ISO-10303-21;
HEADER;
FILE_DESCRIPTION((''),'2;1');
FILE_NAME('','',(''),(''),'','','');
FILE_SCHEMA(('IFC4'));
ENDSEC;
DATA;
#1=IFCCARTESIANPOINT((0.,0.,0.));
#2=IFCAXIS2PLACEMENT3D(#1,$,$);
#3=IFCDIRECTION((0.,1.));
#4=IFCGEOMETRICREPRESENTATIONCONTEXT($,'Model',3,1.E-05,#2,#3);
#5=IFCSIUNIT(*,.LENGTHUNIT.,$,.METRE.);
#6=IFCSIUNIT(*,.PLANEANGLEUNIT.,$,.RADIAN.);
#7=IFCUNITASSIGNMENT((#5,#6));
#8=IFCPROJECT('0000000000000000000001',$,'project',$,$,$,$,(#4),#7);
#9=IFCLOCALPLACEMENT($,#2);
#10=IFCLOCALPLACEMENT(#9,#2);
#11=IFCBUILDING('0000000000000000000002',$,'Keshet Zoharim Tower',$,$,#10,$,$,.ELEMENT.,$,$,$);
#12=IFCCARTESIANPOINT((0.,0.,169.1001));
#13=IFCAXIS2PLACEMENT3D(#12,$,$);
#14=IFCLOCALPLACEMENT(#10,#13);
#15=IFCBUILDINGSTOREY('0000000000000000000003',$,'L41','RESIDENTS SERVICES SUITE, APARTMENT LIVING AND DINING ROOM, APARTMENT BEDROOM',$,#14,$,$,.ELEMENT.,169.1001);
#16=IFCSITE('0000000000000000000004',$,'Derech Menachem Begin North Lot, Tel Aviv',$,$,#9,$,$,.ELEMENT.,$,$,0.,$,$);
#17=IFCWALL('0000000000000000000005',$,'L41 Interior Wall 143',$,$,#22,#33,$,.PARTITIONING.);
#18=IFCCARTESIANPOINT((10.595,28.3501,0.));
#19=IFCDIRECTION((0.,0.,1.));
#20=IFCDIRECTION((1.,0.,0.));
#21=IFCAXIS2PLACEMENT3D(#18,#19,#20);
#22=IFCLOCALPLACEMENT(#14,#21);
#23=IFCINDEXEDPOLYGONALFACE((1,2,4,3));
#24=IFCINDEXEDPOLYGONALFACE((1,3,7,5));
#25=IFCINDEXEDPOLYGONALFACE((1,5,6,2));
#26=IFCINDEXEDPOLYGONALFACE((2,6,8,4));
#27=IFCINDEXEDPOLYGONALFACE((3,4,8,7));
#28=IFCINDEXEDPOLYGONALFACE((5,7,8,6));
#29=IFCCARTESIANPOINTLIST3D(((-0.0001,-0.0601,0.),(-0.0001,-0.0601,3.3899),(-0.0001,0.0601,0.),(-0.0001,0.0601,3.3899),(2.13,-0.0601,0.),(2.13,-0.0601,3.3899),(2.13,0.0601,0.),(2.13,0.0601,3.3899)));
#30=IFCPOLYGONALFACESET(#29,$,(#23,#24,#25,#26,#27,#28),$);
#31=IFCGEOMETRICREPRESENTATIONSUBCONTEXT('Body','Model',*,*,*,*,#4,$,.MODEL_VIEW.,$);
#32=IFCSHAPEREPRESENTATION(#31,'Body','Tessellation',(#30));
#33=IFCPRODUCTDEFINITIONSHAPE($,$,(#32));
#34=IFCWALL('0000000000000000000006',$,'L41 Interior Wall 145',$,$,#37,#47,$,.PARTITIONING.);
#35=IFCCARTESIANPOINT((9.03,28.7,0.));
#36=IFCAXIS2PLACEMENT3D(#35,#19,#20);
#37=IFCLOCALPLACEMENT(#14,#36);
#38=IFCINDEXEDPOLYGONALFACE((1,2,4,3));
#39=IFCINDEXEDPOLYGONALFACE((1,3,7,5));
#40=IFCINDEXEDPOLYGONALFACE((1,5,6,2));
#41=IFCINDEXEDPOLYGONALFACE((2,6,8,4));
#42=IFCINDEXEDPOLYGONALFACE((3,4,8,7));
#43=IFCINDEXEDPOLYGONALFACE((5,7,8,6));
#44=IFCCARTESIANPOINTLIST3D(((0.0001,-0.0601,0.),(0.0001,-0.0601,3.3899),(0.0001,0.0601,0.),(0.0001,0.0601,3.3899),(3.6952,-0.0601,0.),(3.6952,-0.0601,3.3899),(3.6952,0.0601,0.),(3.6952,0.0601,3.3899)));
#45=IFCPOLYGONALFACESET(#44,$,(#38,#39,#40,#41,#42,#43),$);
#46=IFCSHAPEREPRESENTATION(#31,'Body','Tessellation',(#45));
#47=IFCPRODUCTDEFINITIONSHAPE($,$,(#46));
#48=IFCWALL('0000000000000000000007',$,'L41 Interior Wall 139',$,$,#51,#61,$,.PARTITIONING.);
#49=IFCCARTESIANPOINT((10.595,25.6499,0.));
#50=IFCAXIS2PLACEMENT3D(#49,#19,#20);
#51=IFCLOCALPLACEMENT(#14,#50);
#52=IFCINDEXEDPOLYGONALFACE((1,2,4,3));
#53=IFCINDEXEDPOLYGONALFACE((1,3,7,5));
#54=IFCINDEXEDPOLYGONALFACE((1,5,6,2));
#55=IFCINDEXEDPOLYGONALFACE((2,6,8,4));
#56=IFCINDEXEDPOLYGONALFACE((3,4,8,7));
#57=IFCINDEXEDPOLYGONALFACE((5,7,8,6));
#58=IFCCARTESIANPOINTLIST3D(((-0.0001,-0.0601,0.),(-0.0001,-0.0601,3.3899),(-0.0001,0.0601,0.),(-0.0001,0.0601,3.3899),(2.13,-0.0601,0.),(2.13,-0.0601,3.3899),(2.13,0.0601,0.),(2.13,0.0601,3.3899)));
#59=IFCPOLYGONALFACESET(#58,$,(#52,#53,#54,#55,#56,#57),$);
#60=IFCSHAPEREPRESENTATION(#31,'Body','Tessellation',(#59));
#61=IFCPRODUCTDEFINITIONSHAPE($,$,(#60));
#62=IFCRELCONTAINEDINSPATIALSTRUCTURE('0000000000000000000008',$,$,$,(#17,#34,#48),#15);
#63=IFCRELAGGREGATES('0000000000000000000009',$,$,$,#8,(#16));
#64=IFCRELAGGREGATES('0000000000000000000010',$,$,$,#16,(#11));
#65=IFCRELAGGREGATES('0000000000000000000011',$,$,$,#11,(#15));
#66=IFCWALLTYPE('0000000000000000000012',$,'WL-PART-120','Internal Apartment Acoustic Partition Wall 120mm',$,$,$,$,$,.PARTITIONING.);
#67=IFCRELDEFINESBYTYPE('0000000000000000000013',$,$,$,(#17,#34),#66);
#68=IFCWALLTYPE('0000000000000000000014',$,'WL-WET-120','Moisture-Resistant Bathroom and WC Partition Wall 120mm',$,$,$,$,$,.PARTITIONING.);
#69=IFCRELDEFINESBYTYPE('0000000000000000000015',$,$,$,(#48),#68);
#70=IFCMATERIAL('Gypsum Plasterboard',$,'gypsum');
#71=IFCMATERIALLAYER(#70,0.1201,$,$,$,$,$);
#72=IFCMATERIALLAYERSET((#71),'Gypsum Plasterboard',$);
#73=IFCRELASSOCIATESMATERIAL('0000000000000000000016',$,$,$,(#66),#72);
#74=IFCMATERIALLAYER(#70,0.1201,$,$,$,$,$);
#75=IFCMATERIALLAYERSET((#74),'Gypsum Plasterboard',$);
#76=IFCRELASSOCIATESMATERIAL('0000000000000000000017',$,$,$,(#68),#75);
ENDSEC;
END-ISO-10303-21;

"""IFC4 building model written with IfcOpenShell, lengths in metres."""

from ifc_helpers import new_model, si_unit, direction, frame, frame_2d, origin, place, context, subcontext, project, spatial, rectangle, extrude, material, layer, layer_set, type_object, element, save


model = new_model("IFC4")

# Units and contexts
model_context = context("Model", 3, precision=1e-05, world=origin(), true_north=direction((0.0, 1.0)))
body_context = subcontext(model_context, "Body", "Model", "MODEL_VIEW")
ifc_project = project(units=[si_unit("LENGTHUNIT", "METRE"), si_unit("PLANEANGLEUNIT", "RADIAN")], contexts=[model_context])

# Site, building, storey
site_placement = place(None, origin())
site = spatial("IfcSite", under=ifc_project, at=site_placement, Name="Derech Menachem Begin North Lot, Tel Aviv", CompositionType="ELEMENT", RefElevation=0.0)
building_placement = place(site_placement, origin())
building = spatial("IfcBuilding", under=site, at=building_placement, Name="Keshet Zoharim Tower", CompositionType="ELEMENT")
storey_placement = place(building_placement, frame((0.0, 0.0, 169.1001)))
storey = spatial("IfcBuildingStorey", under=building, at=storey_placement, Name="L41", Description="RESIDENTS SERVICES SUITE, APARTMENT LIVING AND DINING ROOM, APARTMENT BEDROOM", CompositionType="ELEMENT", Elevation=169.1001)

# Shared definitions
ifc_material_1 = material(Name="Gypsum Plasterboard", Category="gypsum")

# Shared definitions
ifc_layer_1 = layer(ifc_material_1, 0.1201)
ifc_layer_set_1 = layer_set([ifc_layer_1], Name="Gypsum Plasterboard")
wall_type_1 = type_object("IfcWallType", Name="WL-PART-120", Description="Internal Apartment Acoustic Partition Wall 120mm", PredefinedType="PARTITIONING", material=ifc_layer_set_1)

# Walls
wall_1_placement = place(storey_placement, frame((10.595, 28.3501, 0.0), z_axis=(0.0, 0.0, 1.0), x_axis=(1.0, 0.0, 0.0)))
element("IfcWall", 1, at=wall_1_placement, inside=storey, type_object=wall_type_1, Name="L41 Interior Wall 143", PredefinedType="PARTITIONING", context=body_context, shape_type="SweptSolid", body=[
    extrude(rectangle(XDim=2.1301, YDim=0.1201, at=frame_2d((1.0649, 0.0))), origin(), (0.0, 0.0, 1.0), 3.3899),
])
wall_2_placement = place(storey_placement, frame((9.03, 28.7, 0.0), z_axis=(0.0, 0.0, 1.0), x_axis=(1.0, 0.0, 0.0)))
element("IfcWall", 2, at=wall_2_placement, inside=storey, type_object=wall_type_1, Name="L41 Interior Wall 145", PredefinedType="PARTITIONING", context=body_context, shape_type="SweptSolid", body=[
    extrude(rectangle(XDim=3.6951, YDim=0.1201, at=frame_2d((1.8477, 0.0))), origin(), (0.0, 0.0, 1.0), 3.3899),
])

# Wall
ifc_layer_2 = layer(ifc_material_1, 0.1201)
ifc_layer_set_2 = layer_set([ifc_layer_2], Name="Gypsum Plasterboard")
wall_type_2 = type_object("IfcWallType", Name="WL-WET-120", Description="Moisture-Resistant Bathroom and WC Partition Wall 120mm", PredefinedType="PARTITIONING", material=ifc_layer_set_2)
wall_3_placement = place(storey_placement, frame((10.595, 25.6499, 0.0), z_axis=(0.0, 0.0, 1.0), x_axis=(1.0, 0.0, 0.0)))
element("IfcWall", 3, at=wall_3_placement, inside=storey, type_object=wall_type_2, Name="L41 Interior Wall 139", PredefinedType="PARTITIONING", context=body_context, shape_type="SweptSolid", body=[
    extrude(rectangle(XDim=2.1301, YDim=0.1201, at=frame_2d((1.0649, 0.0))), origin(), (0.0, 0.0, 1.0), 3.3899),
])

save(model, "model.ifc")
